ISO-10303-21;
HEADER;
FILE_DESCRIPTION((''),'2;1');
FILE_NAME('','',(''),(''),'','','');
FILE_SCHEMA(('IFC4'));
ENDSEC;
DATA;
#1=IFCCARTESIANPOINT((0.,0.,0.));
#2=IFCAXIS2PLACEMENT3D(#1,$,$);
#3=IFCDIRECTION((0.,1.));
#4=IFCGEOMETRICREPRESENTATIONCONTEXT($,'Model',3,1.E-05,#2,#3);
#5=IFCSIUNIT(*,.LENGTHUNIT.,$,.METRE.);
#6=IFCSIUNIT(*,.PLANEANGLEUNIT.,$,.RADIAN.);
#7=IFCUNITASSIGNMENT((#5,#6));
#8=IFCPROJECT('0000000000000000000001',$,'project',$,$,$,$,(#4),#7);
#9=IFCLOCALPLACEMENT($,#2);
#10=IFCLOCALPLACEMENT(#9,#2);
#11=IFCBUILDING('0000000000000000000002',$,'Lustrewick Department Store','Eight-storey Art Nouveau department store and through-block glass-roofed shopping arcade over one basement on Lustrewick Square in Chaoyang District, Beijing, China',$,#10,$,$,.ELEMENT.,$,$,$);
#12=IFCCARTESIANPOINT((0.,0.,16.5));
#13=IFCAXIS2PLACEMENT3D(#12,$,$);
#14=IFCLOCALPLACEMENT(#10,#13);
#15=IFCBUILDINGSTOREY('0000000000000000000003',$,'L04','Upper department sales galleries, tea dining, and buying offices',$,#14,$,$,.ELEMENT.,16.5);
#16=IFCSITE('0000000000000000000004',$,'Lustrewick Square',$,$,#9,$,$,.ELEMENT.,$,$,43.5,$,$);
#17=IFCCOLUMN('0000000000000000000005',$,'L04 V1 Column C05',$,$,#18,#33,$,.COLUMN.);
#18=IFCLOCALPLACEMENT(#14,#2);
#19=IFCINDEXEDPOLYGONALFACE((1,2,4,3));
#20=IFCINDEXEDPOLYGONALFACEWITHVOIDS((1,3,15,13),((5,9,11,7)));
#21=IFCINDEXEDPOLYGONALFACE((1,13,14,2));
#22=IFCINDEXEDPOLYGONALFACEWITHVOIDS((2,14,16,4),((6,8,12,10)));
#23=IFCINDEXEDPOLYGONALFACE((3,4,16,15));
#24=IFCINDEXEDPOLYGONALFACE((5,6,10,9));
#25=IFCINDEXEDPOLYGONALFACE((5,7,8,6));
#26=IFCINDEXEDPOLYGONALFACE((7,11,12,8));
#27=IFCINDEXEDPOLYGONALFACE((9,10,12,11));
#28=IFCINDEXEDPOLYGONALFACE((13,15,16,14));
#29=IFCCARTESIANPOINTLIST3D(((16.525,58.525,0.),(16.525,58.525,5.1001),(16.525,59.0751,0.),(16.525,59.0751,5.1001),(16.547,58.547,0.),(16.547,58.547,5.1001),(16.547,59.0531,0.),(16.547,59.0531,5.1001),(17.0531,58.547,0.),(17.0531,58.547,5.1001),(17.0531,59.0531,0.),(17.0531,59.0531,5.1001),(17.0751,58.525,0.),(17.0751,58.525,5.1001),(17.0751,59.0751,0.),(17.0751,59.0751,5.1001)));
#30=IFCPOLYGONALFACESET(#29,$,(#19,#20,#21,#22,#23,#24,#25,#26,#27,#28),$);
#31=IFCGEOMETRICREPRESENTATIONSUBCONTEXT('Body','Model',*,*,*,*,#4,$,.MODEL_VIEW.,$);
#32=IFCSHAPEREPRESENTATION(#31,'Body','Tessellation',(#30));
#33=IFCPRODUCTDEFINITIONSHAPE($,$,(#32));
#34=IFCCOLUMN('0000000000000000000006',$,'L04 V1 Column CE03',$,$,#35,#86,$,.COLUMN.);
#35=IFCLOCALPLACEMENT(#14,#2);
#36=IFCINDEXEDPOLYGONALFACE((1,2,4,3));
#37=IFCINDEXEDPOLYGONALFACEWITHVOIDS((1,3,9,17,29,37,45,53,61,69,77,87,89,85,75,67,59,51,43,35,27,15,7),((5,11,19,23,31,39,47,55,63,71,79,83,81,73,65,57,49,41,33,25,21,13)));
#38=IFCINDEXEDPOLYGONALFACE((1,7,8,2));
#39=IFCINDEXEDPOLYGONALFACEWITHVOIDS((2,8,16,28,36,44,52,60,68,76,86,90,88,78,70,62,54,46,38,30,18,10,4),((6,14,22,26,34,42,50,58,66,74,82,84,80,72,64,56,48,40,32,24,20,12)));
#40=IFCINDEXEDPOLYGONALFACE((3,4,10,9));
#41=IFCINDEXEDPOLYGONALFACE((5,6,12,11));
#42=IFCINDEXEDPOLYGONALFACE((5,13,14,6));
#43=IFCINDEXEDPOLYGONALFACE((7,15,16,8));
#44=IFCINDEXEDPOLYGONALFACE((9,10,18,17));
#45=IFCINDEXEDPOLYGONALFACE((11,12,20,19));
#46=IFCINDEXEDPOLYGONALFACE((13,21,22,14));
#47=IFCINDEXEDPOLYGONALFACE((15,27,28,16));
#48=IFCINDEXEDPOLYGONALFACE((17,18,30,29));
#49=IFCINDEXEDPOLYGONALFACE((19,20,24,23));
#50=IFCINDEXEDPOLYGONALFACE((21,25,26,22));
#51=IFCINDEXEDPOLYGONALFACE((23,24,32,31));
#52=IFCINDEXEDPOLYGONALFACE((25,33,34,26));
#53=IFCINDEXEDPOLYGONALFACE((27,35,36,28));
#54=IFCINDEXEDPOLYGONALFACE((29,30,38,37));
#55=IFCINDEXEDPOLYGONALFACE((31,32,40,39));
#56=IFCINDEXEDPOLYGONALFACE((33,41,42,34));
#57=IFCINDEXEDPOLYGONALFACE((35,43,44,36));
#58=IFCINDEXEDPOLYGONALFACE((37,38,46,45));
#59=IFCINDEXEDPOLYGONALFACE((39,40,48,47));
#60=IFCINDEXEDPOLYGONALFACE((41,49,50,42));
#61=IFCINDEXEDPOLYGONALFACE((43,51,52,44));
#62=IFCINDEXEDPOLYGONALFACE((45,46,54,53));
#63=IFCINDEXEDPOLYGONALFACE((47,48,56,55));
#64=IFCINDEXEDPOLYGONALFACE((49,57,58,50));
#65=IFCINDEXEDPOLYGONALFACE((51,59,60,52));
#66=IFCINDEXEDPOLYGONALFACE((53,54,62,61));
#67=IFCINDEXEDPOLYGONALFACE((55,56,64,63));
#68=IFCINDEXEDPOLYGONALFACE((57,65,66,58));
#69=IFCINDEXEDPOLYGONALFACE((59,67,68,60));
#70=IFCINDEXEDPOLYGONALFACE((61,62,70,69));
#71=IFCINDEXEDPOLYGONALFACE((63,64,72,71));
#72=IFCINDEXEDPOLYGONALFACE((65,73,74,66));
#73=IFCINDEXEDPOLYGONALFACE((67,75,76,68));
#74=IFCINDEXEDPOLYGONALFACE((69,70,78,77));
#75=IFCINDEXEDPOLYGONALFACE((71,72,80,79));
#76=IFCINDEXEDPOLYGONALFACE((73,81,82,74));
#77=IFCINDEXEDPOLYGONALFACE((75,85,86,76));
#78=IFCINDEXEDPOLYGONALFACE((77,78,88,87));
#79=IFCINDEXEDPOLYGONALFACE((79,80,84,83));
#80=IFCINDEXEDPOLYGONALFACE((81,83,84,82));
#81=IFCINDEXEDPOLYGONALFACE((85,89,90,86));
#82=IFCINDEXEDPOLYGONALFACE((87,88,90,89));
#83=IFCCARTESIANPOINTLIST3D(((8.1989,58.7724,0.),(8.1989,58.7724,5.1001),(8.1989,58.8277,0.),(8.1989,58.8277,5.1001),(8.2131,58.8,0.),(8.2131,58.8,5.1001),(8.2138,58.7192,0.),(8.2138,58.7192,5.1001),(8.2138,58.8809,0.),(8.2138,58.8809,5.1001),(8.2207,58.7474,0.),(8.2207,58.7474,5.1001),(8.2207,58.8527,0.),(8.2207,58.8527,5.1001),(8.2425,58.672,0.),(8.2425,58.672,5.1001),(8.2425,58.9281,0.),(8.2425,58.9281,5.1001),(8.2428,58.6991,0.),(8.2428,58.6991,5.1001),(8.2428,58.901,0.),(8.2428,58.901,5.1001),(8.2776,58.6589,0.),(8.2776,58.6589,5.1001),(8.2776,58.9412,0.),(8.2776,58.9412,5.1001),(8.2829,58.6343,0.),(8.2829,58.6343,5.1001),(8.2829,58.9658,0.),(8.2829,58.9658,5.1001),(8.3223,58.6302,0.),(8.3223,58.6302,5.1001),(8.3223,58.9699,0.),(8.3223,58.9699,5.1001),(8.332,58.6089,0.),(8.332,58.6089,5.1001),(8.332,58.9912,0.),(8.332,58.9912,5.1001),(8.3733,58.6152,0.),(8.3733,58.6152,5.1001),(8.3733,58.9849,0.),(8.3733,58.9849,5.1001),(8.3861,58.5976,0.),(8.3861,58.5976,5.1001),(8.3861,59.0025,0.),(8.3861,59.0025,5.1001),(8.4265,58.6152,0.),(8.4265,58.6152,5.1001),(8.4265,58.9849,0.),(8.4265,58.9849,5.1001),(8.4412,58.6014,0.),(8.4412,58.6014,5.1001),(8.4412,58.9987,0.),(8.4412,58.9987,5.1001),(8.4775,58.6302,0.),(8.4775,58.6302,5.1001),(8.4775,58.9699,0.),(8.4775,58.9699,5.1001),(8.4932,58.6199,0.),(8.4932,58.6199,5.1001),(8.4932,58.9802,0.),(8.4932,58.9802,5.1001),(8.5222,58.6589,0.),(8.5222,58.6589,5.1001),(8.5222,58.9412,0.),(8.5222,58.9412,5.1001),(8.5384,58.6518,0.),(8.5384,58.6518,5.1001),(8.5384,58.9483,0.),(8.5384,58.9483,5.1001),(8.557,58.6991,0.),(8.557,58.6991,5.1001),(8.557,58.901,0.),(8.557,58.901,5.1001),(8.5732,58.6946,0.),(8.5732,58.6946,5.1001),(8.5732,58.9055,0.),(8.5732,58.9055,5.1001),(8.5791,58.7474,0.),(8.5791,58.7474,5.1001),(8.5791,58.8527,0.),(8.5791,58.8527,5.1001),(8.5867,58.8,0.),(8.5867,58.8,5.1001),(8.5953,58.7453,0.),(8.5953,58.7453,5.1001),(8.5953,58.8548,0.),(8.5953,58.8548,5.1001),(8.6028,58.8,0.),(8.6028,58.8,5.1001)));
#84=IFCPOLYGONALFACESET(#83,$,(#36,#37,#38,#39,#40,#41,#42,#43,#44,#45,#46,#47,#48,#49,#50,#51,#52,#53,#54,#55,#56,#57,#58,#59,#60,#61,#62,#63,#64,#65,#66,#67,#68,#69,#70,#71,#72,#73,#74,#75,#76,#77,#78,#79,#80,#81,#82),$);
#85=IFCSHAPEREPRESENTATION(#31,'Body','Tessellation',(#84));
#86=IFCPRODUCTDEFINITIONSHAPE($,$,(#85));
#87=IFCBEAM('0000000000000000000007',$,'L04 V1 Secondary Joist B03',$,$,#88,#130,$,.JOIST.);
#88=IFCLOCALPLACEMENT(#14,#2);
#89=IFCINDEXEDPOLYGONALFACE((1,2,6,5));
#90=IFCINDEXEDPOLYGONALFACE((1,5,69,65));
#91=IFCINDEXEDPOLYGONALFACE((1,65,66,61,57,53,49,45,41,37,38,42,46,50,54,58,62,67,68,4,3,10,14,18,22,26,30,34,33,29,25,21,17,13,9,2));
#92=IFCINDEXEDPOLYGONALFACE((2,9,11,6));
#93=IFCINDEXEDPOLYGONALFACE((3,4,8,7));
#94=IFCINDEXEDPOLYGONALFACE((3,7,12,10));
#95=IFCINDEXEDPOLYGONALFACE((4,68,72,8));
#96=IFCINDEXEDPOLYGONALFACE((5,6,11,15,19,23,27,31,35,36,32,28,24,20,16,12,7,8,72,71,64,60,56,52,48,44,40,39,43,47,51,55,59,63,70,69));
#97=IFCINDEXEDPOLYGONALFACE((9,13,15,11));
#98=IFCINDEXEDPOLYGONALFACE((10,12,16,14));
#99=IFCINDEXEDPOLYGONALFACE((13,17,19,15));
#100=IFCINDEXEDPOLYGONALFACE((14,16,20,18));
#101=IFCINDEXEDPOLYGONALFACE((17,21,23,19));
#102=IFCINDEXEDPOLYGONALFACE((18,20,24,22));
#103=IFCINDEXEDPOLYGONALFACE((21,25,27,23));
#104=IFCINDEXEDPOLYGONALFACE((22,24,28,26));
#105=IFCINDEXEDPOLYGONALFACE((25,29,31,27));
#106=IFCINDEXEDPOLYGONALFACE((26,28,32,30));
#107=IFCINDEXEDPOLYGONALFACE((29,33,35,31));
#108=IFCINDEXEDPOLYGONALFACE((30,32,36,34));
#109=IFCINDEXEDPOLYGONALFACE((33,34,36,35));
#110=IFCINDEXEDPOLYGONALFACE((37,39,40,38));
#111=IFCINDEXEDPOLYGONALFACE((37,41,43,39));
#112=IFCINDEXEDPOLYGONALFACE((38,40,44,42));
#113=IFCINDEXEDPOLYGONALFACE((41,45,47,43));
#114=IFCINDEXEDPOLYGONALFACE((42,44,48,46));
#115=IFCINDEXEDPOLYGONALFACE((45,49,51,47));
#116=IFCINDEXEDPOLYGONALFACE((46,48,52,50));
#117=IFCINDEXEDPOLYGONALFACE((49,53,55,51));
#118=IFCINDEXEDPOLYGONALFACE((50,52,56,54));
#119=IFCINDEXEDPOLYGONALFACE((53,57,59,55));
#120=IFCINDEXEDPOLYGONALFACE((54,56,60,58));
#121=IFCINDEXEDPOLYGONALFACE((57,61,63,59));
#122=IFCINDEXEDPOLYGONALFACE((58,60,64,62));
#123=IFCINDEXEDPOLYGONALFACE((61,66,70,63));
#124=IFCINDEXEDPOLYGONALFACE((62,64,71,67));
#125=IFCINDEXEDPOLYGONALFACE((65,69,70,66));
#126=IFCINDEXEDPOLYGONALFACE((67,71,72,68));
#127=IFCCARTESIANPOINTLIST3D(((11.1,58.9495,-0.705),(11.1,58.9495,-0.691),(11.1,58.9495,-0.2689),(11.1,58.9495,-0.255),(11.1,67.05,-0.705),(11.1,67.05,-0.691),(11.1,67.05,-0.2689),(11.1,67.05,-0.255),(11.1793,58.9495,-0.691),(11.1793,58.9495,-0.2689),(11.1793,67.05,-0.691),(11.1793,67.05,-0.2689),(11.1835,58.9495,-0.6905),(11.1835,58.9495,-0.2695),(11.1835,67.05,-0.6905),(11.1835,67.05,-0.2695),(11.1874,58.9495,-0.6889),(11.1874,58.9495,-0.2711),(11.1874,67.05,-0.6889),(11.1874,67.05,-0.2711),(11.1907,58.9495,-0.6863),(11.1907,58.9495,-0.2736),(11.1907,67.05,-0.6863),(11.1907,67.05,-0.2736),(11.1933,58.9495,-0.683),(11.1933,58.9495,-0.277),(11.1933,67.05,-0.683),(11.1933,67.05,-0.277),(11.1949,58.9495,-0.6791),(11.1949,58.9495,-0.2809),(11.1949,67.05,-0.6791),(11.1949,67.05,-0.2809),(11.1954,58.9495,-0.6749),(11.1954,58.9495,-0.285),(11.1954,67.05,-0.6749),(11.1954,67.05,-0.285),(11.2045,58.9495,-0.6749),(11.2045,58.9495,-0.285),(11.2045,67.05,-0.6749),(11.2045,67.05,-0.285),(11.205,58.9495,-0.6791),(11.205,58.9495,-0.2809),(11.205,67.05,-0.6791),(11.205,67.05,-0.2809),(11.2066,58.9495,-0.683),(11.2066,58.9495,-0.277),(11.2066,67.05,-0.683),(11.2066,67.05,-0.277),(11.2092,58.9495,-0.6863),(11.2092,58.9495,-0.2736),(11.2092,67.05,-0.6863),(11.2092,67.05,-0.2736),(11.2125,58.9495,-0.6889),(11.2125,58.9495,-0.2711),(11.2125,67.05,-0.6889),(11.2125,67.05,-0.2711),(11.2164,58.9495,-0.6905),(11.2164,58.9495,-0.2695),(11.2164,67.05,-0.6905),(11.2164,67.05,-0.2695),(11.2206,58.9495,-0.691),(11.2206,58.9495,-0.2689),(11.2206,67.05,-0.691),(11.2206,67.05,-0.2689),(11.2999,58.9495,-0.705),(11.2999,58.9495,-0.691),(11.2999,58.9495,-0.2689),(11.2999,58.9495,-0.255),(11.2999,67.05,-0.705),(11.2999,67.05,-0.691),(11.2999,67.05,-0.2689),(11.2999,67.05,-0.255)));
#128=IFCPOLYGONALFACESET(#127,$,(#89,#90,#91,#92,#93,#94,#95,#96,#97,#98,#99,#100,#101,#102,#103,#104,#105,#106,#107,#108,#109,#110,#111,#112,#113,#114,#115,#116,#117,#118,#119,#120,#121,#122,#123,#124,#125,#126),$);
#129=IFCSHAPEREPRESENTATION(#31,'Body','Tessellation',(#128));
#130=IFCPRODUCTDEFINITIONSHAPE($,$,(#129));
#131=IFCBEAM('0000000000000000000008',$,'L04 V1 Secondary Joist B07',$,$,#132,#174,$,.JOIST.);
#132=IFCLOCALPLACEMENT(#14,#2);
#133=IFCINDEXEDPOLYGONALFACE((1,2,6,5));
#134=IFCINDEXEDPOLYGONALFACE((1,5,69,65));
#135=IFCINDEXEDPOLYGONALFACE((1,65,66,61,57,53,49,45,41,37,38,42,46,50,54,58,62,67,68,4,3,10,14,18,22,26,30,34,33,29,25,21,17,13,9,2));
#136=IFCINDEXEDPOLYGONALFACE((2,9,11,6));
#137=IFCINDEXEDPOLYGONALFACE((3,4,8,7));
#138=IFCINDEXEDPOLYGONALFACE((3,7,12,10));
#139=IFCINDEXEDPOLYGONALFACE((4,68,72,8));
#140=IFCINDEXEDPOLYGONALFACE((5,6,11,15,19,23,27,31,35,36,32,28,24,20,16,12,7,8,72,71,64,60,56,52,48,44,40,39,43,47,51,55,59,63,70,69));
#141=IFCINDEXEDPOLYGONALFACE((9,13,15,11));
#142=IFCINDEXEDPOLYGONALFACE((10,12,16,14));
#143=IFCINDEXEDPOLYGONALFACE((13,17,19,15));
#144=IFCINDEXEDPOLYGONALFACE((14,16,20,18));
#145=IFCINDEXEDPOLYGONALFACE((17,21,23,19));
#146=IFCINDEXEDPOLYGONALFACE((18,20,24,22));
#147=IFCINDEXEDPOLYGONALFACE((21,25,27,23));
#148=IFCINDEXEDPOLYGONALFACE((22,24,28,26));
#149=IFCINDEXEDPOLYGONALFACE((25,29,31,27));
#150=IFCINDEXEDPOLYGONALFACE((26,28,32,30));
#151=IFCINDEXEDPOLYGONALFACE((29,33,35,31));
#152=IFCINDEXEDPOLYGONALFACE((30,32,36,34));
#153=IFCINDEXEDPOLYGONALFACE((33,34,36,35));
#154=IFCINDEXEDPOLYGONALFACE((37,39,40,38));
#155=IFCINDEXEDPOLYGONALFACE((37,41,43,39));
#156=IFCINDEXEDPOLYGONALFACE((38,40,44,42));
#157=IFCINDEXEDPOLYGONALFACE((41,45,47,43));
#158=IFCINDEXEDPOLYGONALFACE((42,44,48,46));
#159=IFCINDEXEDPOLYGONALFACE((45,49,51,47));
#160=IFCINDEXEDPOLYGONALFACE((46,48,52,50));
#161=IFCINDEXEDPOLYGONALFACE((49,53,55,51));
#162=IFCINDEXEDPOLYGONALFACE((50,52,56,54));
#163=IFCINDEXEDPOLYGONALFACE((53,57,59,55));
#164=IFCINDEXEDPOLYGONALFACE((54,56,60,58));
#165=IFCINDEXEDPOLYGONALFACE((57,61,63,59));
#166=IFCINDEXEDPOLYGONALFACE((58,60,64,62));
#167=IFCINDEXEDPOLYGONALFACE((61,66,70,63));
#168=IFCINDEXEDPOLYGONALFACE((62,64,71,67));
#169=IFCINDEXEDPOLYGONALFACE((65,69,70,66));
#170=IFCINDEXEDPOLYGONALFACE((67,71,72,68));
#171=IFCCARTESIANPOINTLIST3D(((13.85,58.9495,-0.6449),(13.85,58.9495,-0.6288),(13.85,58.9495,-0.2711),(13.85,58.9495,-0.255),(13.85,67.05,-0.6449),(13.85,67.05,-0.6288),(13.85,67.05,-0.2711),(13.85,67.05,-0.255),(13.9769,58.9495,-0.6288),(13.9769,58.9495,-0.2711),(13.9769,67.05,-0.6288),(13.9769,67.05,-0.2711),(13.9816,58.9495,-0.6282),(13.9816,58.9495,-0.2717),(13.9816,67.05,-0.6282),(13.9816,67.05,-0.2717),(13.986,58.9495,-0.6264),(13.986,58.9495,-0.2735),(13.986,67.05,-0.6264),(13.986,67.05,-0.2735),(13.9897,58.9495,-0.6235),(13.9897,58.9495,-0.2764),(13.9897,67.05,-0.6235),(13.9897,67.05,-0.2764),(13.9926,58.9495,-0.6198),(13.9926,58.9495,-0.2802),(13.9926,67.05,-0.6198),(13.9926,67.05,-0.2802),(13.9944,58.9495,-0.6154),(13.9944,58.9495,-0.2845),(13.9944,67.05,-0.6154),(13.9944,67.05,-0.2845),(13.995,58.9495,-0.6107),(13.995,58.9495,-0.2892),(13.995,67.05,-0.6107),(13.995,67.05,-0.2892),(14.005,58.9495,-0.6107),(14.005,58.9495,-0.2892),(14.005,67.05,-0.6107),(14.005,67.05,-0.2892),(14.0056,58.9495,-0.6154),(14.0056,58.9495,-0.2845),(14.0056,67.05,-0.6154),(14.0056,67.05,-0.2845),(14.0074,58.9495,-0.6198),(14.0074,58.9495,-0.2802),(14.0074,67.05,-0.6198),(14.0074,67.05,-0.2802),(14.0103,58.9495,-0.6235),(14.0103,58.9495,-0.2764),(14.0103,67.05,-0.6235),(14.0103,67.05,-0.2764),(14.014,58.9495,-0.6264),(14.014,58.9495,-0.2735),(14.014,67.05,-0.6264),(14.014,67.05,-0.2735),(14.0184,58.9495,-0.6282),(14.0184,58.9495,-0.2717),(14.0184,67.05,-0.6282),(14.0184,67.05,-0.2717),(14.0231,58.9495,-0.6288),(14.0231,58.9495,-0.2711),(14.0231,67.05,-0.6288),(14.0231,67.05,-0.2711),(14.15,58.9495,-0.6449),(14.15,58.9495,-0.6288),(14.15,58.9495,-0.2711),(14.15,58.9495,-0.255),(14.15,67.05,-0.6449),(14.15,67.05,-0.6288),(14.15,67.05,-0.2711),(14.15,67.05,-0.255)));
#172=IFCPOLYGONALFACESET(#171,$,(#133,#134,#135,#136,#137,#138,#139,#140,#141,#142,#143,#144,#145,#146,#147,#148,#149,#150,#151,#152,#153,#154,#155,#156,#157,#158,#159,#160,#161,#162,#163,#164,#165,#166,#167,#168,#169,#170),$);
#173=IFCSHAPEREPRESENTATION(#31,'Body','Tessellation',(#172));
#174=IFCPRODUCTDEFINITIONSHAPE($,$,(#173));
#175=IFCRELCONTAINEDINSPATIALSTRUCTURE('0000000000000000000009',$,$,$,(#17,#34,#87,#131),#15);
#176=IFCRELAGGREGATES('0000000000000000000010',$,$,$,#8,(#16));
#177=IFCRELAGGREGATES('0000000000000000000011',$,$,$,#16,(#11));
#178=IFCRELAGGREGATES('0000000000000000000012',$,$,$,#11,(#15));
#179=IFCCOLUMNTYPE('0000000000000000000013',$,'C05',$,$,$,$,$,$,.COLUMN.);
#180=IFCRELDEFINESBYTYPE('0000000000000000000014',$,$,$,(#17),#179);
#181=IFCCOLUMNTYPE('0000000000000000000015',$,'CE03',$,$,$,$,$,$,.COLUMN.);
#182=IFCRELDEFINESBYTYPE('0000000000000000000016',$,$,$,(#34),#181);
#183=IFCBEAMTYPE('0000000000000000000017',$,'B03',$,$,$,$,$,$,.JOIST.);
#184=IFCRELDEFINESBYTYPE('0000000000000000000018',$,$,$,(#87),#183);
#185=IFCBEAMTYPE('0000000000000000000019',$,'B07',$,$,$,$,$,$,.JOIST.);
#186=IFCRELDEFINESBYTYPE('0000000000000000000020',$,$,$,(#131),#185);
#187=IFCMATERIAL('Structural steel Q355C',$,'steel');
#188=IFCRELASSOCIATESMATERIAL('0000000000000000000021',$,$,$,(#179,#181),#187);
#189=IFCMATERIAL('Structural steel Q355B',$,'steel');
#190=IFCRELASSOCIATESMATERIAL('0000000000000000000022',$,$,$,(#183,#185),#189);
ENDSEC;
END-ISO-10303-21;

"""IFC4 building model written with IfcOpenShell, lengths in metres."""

from ifc_helpers import new_model, si_unit, direction, frame, origin, origin_2d, place, context, subcontext, project, spatial, hollow_rectangle, hollow_circle, i_section, extrude, material, material_profile, profile_set, type_object, element, save


model = new_model("IFC4")

# Units and contexts
model_context = context("Model", 3, precision=1e-05, world=origin(), true_north=direction((0.0, 1.0)))
body_context = subcontext(model_context, "Body", "Model", "MODEL_VIEW")
ifc_project = project(units=[si_unit("LENGTHUNIT", "METRE"), si_unit("PLANEANGLEUNIT", "RADIAN")], contexts=[model_context])

# Site, building, storey
site_placement = place(None, origin())
site = spatial("IfcSite", under=ifc_project, at=site_placement, Name="Lustrewick Square", CompositionType="ELEMENT", RefElevation=43.5)
building_placement = place(site_placement, origin())
building = spatial("IfcBuilding", under=site, at=building_placement, Name="Lustrewick Department Store", Description="Eight-storey Art Nouveau department store and through-block glass-roofed shopping arcade over one basement on Lustrewick Square in Chaoyang District, Beijing, China", CompositionType="ELEMENT")
storey_placement = place(building_placement, frame((0.0, 0.0, 16.5)))
storey = spatial("IfcBuildingStorey", under=building, at=storey_placement, Name="L04", Description="Upper department sales galleries, tea dining, and buying offices", CompositionType="ELEMENT", Elevation=16.5)

# Columns
ifc_material_1 = material(Name="Structural steel Q355C", Category="steel")
ifc_material_profile_1 = material_profile(ifc_material_1, hollow_rectangle(XDim=0.55, YDim=0.55, WallThickness=0.022, at=origin_2d()), Name="BOX 550x550x22")
ifc_profile_set_1 = profile_set([ifc_material_profile_1], Name="Structural steel Q355C")
column_type_1 = type_object("IfcColumnType", Name="C05", PredefinedType="COLUMN", material=ifc_profile_set_1)
column_1_placement = place(storey_placement, frame((16.8, 58.8, 0.0), z_axis=(0.0, 0.0, 1.0), x_axis=(1.0, 0.0, 0.0)))
element("IfcColumn", 1, at=column_1_placement, inside=storey, type_object=column_type_1, Name="L04 V1 Column C05", PredefinedType="COLUMN", context=body_context, shape_type="SweptSolid", body=[
    extrude(hollow_rectangle(XDim=0.55, YDim=0.55, WallThickness=0.022, at=origin_2d()), origin(), (0.0, 0.0, 1.0), 5.1001),
])
ifc_material_profile_2 = material_profile(ifc_material_1, hollow_circle(Radius=0.2029, WallThickness=0.0161, at=origin_2d()), Name="CHS 406x16")
ifc_profile_set_2 = profile_set([ifc_material_profile_2], Name="Structural steel Q355C")
column_type_2 = type_object("IfcColumnType", Name="CE03", PredefinedType="COLUMN", material=ifc_profile_set_2)
column_2_placement = place(storey_placement, frame((8.3999, 58.8, 0.0), z_axis=(0.0, 0.0, 1.0), x_axis=(1.0, 0.0, 0.0)))
element("IfcColumn", 2, at=column_2_placement, inside=storey, type_object=column_type_2, Name="L04 V1 Column CE03", PredefinedType="COLUMN", context=body_context, shape_type="SweptSolid", body=[
    extrude(hollow_circle(Radius=0.2029, WallThickness=0.0161, at=origin_2d()), origin(), (0.0, 0.0, 1.0), 5.1001),
])

# Beams
ifc_material_2 = material(Name="Structural steel Q355B", Category="steel")
ifc_material_profile_3 = material_profile(ifc_material_2, i_section(OverallWidth=0.2, OverallDepth=0.45, WebThickness=0.009, FlangeThickness=0.0139, FilletRadius=0.0161, at=origin_2d()), Name="HN 450x200x9x14")
ifc_profile_set_3 = profile_set([ifc_material_profile_3], Name="Structural steel Q355B")
beam_type_1 = type_object("IfcBeamType", Name="B03", PredefinedType="JOIST", material=ifc_profile_set_3)
beam_1_placement = place(storey_placement, frame((11.2, 58.9495, -0.48), z_axis=(0.0, 1.0, 0.0), x_axis=(-1.0, 0.0, 0.0)))
element("IfcBeam", 3, at=beam_1_placement, inside=storey, type_object=beam_type_1, Name="L04 V1 Secondary Joist B03", PredefinedType="JOIST", context=body_context, shape_type="SweptSolid", body=[
    extrude(i_section(OverallWidth=0.2, OverallDepth=0.45, WebThickness=0.009, FlangeThickness=0.0139, FilletRadius=0.0161, at=origin_2d()), origin(), (0.0, 0.0, 1.0), 8.1006),
])
ifc_material_profile_4 = material_profile(ifc_material_2, i_section(OverallWidth=0.3, OverallDepth=0.3899, WebThickness=0.01, FlangeThickness=0.0161, FilletRadius=0.0181, at=origin_2d()), Name="HM 390x300x10x16")
ifc_profile_set_4 = profile_set([ifc_material_profile_4], Name="Structural steel Q355B")
beam_type_2 = type_object("IfcBeamType", Name="B07", PredefinedType="JOIST", material=ifc_profile_set_4)
beam_2_placement = place(storey_placement, frame((14.0, 58.9495, -0.45), z_axis=(0.0, 1.0, 0.0), x_axis=(-1.0, 0.0, 0.0)))
element("IfcBeam", 4, at=beam_2_placement, inside=storey, type_object=beam_type_2, Name="L04 V1 Secondary Joist B07", PredefinedType="JOIST", context=body_context, shape_type="SweptSolid", body=[
    extrude(i_section(OverallWidth=0.3, OverallDepth=0.3899, WebThickness=0.01, FlangeThickness=0.0161, FilletRadius=0.0181, at=origin_2d()), origin(), (0.0, 0.0, 1.0), 8.1006),
])

save(model, "model.ifc")
